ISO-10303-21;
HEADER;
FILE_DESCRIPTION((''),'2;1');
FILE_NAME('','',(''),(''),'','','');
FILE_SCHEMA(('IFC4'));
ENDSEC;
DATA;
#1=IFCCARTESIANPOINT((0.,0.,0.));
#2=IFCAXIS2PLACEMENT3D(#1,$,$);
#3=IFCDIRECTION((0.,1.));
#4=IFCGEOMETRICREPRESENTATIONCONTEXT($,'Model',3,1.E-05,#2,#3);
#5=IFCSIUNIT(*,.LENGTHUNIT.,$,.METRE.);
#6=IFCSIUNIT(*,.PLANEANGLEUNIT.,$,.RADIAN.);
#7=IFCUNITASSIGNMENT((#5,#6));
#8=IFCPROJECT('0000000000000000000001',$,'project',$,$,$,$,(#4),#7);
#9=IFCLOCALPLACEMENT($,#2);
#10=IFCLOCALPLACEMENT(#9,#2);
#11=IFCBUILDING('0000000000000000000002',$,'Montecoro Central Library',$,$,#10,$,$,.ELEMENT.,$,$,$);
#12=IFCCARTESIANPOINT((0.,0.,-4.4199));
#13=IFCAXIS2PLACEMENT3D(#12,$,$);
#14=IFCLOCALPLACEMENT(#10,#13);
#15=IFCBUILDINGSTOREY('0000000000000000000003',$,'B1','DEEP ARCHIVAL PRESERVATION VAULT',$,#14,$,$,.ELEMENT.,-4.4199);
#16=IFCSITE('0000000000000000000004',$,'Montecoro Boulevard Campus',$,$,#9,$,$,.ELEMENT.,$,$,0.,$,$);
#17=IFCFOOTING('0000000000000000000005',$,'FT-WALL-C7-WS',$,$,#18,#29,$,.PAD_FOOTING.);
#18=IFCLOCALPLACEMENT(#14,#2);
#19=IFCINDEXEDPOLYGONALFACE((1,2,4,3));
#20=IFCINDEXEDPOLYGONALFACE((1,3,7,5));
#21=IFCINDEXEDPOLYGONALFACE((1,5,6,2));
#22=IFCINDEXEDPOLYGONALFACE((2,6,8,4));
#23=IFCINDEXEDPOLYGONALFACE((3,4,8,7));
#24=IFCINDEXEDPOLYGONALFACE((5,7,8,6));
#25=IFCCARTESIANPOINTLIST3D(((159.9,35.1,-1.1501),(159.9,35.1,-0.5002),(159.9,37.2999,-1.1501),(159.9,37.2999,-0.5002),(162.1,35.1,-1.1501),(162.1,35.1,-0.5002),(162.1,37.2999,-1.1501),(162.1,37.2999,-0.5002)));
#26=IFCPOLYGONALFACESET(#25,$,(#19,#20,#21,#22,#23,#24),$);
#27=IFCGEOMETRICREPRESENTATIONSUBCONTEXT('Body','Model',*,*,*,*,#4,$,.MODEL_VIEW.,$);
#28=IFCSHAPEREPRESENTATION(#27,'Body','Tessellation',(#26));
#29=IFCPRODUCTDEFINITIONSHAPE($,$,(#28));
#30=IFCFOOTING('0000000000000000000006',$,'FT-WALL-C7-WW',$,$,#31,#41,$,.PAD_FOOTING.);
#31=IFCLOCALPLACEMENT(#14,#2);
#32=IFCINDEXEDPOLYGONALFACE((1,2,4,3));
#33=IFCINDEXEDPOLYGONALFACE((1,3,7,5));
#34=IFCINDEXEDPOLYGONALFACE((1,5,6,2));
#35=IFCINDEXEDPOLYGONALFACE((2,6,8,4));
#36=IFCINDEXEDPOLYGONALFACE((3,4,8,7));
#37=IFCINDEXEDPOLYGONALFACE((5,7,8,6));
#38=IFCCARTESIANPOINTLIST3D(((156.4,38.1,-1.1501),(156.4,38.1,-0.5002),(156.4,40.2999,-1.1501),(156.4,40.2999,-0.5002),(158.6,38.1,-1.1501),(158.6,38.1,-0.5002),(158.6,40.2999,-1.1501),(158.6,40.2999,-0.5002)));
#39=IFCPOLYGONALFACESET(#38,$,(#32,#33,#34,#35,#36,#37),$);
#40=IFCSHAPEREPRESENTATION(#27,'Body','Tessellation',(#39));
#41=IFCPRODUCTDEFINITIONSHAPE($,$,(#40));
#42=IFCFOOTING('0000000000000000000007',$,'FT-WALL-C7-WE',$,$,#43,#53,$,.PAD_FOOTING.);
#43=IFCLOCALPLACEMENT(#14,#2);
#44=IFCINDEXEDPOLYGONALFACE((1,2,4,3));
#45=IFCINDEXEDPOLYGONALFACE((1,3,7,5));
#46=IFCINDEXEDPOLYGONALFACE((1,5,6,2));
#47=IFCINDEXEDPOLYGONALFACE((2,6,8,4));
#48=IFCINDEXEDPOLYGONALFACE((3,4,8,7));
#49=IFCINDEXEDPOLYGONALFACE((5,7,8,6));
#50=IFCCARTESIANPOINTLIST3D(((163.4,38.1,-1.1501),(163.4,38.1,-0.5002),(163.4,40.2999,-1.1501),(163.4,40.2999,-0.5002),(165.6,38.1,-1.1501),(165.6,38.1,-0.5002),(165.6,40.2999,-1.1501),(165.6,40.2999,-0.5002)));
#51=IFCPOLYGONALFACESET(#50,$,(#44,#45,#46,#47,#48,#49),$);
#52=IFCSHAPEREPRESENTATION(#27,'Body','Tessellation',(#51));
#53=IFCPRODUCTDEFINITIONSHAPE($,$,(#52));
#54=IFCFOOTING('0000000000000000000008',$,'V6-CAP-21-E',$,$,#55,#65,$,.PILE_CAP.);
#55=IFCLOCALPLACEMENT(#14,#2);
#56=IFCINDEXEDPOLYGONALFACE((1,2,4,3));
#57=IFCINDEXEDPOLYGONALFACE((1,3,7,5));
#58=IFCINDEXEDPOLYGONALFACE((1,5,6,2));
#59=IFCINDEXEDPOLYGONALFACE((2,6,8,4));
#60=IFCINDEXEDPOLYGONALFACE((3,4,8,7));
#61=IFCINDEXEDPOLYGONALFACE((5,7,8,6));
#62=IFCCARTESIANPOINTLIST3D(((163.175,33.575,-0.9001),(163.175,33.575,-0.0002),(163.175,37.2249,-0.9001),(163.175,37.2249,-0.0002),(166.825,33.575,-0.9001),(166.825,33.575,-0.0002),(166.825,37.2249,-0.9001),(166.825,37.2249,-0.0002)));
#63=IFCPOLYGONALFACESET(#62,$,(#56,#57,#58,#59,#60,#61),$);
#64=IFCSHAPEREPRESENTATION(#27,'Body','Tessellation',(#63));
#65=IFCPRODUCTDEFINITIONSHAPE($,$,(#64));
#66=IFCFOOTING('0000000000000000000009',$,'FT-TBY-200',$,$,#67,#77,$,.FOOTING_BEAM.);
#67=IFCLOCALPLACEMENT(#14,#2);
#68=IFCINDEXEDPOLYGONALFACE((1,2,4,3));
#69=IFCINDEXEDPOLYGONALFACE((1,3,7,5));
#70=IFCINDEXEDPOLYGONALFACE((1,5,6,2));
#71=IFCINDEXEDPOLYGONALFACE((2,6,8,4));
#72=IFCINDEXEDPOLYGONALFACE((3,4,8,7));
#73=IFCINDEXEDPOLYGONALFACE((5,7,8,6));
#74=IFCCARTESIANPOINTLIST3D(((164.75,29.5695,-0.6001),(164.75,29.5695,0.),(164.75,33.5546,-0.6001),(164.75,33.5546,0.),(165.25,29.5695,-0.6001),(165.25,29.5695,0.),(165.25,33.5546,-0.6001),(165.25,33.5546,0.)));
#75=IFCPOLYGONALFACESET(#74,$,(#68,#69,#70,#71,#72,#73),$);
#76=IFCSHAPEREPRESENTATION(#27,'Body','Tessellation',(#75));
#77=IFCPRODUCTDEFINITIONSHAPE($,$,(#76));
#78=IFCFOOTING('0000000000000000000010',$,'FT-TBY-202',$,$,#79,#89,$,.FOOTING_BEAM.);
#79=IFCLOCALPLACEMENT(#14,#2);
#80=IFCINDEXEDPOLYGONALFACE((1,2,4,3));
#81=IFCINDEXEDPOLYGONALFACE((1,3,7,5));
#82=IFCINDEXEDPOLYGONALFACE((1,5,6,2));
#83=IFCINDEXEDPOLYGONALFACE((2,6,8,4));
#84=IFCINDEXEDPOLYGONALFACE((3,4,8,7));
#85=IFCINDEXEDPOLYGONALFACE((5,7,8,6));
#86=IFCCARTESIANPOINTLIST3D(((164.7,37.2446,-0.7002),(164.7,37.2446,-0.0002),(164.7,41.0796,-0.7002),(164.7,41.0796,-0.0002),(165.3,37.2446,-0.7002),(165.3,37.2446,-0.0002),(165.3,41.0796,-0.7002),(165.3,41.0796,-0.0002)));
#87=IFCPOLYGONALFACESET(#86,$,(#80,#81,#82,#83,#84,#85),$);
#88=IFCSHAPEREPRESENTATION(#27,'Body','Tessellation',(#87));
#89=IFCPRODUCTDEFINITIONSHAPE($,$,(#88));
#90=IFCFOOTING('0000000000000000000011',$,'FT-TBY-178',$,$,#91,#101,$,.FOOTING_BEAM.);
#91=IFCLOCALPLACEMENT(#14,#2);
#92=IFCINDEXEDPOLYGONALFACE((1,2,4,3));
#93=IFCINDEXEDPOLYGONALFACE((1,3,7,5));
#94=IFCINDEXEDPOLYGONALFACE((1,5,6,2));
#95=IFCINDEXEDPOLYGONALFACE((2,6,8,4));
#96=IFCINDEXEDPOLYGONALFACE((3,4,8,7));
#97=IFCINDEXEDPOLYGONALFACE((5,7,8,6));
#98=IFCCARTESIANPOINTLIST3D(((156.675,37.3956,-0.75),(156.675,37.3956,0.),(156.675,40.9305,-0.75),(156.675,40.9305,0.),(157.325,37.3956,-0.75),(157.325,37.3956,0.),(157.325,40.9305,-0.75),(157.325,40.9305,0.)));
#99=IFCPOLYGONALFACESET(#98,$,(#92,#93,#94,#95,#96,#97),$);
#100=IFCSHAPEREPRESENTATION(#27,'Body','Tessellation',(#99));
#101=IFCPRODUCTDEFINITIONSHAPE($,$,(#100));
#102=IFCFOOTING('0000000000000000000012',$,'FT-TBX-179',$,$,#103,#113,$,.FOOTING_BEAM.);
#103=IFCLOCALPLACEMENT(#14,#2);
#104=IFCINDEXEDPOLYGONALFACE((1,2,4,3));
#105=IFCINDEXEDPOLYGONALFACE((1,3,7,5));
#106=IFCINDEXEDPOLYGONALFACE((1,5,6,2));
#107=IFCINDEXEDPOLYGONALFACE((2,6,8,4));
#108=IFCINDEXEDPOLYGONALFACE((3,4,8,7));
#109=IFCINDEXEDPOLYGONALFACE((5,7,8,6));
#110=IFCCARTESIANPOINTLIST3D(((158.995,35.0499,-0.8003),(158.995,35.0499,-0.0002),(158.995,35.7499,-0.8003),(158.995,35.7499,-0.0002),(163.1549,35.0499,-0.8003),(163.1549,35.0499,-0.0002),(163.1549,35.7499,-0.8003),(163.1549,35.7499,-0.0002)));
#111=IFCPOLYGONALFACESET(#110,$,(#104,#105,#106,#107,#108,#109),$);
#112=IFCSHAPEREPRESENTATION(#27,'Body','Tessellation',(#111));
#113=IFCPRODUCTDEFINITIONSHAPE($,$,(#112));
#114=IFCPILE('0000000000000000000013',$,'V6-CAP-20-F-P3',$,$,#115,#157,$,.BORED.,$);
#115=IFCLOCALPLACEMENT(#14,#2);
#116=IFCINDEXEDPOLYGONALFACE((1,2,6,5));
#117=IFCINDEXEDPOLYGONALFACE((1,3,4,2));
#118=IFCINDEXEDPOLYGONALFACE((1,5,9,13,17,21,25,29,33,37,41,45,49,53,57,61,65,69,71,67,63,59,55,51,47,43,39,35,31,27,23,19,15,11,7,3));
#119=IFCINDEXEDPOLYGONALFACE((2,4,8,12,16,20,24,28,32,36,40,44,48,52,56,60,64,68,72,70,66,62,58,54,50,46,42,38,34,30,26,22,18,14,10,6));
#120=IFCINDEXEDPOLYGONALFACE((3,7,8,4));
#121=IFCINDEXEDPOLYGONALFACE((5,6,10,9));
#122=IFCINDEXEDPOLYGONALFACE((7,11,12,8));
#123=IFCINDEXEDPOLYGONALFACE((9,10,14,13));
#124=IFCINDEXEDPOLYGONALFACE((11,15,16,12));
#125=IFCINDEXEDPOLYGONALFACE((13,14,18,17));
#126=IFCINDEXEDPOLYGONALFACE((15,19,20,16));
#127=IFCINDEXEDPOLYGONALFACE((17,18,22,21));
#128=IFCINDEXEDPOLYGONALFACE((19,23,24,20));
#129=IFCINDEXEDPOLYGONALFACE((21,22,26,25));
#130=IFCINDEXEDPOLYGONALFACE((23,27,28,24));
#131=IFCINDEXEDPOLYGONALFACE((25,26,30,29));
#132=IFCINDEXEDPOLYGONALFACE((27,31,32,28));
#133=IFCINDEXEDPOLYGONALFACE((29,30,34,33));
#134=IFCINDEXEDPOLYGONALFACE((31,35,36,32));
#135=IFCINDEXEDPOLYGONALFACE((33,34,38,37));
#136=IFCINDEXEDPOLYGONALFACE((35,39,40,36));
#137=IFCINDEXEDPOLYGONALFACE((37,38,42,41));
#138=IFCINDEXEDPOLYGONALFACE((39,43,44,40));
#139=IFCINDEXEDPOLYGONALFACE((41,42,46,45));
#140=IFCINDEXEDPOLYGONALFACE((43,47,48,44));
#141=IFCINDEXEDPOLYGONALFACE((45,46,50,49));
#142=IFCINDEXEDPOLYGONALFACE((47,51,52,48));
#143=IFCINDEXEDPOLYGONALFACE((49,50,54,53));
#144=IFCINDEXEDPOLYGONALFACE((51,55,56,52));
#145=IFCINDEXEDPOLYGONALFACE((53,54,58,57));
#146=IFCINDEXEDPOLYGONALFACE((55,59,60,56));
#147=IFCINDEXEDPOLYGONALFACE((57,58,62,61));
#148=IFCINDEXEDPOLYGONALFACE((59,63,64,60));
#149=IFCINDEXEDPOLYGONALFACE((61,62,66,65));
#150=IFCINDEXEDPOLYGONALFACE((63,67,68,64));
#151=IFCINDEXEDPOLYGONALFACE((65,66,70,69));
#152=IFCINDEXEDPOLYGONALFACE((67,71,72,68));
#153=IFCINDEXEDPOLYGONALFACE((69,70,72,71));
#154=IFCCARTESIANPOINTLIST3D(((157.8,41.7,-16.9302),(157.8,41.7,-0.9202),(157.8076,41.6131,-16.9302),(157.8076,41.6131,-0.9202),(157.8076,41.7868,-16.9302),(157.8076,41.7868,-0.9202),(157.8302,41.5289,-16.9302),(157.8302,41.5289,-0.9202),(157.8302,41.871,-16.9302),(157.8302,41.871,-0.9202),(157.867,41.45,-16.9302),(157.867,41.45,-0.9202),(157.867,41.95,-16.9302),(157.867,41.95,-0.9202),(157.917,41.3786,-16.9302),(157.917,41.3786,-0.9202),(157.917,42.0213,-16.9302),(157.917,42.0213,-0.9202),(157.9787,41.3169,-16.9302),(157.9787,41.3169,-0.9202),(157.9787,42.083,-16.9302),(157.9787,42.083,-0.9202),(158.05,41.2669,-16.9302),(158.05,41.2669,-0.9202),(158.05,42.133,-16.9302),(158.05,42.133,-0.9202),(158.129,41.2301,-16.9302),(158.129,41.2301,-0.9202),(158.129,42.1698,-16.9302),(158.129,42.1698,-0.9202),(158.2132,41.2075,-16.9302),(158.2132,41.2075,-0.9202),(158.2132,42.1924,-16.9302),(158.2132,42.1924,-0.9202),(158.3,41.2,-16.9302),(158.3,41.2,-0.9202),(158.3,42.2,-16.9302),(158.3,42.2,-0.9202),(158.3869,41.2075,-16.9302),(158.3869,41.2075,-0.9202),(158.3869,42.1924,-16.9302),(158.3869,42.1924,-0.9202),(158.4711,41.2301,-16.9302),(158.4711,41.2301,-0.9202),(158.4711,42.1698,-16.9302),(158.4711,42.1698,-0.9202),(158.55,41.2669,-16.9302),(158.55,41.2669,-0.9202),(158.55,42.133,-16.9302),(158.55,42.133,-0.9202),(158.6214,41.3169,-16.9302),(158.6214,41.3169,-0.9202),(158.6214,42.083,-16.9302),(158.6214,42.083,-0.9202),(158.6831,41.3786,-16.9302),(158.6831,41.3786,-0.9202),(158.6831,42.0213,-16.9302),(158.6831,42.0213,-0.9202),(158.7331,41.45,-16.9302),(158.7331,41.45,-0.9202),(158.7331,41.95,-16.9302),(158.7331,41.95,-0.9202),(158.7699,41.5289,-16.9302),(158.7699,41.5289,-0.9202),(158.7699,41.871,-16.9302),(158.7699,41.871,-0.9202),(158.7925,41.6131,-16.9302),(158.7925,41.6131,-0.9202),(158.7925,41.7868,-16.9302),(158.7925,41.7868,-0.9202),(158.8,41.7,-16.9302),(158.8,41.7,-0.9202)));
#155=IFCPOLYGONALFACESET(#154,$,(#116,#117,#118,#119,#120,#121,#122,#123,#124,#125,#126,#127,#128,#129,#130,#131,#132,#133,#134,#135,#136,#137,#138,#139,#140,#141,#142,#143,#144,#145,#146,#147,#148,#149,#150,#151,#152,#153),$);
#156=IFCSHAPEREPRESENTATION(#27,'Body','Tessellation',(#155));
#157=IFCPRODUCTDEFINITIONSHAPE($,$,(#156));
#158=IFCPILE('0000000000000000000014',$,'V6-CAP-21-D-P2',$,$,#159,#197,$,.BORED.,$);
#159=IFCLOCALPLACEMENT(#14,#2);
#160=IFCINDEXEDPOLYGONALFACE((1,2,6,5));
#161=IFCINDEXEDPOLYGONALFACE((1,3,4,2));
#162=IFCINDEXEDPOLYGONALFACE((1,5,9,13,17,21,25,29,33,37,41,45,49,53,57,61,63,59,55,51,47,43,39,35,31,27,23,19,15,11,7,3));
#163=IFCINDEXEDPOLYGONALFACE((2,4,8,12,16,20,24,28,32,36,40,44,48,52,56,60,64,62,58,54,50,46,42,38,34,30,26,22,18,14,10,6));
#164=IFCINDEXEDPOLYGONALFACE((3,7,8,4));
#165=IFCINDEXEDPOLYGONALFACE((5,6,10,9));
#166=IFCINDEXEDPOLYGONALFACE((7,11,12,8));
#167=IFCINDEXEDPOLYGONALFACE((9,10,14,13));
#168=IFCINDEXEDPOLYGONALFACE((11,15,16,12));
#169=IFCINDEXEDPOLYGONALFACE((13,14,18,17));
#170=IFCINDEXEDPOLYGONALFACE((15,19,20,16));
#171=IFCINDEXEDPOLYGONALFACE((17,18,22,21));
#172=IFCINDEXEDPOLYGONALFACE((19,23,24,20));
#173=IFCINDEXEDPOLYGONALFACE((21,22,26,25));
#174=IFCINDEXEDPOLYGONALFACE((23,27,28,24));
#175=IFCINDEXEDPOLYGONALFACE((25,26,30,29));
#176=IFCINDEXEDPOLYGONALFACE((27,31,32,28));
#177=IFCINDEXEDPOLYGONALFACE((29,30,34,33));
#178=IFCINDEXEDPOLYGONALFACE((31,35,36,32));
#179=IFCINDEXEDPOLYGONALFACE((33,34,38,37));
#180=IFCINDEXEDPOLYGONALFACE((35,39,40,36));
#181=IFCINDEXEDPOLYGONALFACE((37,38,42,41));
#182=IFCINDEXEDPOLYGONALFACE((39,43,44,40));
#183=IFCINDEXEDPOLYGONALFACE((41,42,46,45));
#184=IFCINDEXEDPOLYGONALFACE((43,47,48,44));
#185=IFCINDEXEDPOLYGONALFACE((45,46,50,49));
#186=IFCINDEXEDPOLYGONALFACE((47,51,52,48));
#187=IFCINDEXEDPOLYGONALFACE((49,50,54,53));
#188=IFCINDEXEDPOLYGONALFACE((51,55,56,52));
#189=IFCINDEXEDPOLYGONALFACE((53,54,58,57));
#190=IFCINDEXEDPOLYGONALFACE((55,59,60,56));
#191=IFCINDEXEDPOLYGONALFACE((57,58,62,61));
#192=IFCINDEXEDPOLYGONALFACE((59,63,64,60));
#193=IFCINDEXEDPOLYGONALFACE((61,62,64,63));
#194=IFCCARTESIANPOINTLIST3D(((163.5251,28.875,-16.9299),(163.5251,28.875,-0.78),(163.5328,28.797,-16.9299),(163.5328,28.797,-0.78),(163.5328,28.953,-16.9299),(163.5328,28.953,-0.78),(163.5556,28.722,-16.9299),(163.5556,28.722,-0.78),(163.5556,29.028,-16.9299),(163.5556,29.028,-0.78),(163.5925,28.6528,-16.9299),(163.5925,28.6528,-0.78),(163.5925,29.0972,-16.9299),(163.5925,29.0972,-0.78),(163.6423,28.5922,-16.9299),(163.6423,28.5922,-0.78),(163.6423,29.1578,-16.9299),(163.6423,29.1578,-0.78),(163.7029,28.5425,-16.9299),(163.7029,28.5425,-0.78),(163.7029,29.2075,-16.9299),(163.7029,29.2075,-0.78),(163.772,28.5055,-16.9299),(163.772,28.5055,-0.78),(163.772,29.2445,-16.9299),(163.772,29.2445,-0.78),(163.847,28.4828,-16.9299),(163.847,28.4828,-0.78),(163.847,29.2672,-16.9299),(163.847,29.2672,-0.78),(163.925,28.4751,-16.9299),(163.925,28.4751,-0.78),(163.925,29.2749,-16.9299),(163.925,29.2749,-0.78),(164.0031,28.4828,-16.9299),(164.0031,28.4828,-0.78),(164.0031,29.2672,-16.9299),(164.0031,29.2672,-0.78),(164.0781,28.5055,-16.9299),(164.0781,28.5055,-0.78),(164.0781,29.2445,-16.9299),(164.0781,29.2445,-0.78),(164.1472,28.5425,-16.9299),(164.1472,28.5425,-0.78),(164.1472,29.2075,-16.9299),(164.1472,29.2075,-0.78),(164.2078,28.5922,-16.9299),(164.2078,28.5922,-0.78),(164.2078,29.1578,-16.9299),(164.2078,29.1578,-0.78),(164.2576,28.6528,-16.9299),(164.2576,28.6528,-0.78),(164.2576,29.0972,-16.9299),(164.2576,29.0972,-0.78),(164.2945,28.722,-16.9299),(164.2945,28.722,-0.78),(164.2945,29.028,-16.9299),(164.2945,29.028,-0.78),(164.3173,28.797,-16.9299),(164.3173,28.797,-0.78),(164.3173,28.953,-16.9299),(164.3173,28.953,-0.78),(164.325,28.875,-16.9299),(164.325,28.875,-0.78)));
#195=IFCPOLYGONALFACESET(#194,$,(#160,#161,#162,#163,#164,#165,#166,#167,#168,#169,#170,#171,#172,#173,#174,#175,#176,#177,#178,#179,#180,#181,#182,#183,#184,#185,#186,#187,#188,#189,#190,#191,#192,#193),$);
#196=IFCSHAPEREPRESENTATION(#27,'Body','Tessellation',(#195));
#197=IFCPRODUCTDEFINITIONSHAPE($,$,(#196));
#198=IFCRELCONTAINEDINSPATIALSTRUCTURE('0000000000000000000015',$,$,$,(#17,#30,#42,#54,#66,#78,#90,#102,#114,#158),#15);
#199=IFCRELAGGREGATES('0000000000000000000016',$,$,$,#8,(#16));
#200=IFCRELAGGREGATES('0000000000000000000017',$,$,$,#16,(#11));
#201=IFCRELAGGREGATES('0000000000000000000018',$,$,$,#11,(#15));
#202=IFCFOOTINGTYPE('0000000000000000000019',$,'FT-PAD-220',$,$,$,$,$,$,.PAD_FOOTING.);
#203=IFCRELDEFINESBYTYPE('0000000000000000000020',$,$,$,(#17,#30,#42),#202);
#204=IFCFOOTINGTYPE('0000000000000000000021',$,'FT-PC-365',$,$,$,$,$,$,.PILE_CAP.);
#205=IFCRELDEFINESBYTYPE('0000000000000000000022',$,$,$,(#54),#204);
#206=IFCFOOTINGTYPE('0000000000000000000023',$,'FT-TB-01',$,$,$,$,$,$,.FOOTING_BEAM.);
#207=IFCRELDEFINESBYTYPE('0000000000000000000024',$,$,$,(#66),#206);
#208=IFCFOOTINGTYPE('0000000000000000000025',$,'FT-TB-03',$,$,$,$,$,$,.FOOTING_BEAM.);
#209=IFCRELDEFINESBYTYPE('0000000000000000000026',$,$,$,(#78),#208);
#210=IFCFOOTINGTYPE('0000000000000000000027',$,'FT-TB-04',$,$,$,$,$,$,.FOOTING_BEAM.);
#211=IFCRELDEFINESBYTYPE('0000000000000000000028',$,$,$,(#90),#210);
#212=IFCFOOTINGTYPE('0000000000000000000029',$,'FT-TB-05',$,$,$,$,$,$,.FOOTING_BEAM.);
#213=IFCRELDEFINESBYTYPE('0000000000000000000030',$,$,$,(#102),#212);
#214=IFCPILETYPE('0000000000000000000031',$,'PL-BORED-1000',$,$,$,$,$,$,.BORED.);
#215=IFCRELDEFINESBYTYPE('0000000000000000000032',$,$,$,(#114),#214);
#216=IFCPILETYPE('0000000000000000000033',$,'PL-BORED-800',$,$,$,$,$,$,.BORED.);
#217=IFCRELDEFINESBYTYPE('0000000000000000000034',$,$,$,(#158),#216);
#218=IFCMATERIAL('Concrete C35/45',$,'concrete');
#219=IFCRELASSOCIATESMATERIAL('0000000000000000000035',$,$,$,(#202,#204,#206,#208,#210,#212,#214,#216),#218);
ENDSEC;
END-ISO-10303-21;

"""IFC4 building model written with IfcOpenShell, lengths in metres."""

from ifc_helpers import new_model, si_unit, direction, frame, origin, origin_2d, place, context, subcontext, project, spatial, rectangle, circle, extrude, material, material_profile, profile_set, type_object, element, save


model = new_model("IFC4")

# Units and contexts
model_context = context("Model", 3, precision=1e-05, world=origin(), true_north=direction((0.0, 1.0)))
body_context = subcontext(model_context, "Body", "Model", "MODEL_VIEW")
ifc_project = project(units=[si_unit("LENGTHUNIT", "METRE"), si_unit("PLANEANGLEUNIT", "RADIAN")], contexts=[model_context])

# Site, building, storey
site_placement = place(None, origin())
site = spatial("IfcSite", under=ifc_project, at=site_placement, Name="Montecoro Boulevard Campus", CompositionType="ELEMENT", RefElevation=0.0)
building_placement = place(site_placement, origin())
building = spatial("IfcBuilding", under=site, at=building_placement, Name="Montecoro Central Library", CompositionType="ELEMENT")
storey_placement = place(building_placement, frame((0.0, 0.0, -4.4199)))
storey = spatial("IfcBuildingStorey", under=building, at=storey_placement, Name="B1", Description="DEEP ARCHIVAL PRESERVATION VAULT", CompositionType="ELEMENT", Elevation=-4.4199)

# Footings
ifc_material_1 = material(Name="Concrete C35/45", Category="concrete")
footing_type_1 = type_object("IfcFootingType", Name="FT-PAD-220", PredefinedType="PAD_FOOTING", material=ifc_material_1)
for number, where, z_axis, x_axis, name in (
    (1, (161.0, 36.2, -1.1501), (0.0, 0.0, 1.0), (1.0, 0.0, 0.0), "FT-WALL-C7-WS"),
    (2, (157.5, 39.2, -1.1501), (0.0, 0.0, 1.0), (1.0, 0.0, 0.0), "FT-WALL-C7-WW"),
    (3, (164.5, 39.2, -1.1501), (0.0, 0.0, 1.0), (1.0, 0.0, 0.0), "FT-WALL-C7-WE"),
):
    element("IfcFooting", number, at=place(storey_placement, frame(where, z_axis=z_axis, x_axis=x_axis)), inside=storey, type_object=footing_type_1, Name=name, PredefinedType="PAD_FOOTING", context=body_context, shape_type="SweptSolid", body=[
        extrude(rectangle(XDim=2.2, YDim=2.2, at=origin_2d()), origin(), (0.0, 0.0, 1.0), 0.6499),
    ])
footing_type_2 = type_object("IfcFootingType", Name="FT-PC-365", PredefinedType="PILE_CAP", material=ifc_material_1)
footing_1_placement = place(storey_placement, frame((165.0, 35.3999, -0.9001), z_axis=(0.0, 0.0, 1.0), x_axis=(1.0, 0.0, 0.0)))
element("IfcFooting", 4, at=footing_1_placement, inside=storey, type_object=footing_type_2, Name="V6-CAP-21-E", PredefinedType="PILE_CAP", context=body_context, shape_type="SweptSolid", body=[
    extrude(rectangle(XDim=3.6499, YDim=3.6499, at=origin_2d()), origin(), (0.0, 0.0, 1.0), 0.8999),
])
footing_type_3 = type_object("IfcFootingType", Name="FT-TB-01", PredefinedType="FOOTING_BEAM", material=ifc_material_1)
footing_2_placement = place(storey_placement, frame((165.0, 31.562, -0.6001), z_axis=(0.0, 0.0, 1.0), x_axis=(1.0, 0.0, 0.0)))
element("IfcFooting", 5, at=footing_2_placement, inside=storey, type_object=footing_type_3, Name="FT-TBY-200", PredefinedType="FOOTING_BEAM", context=body_context, shape_type="SweptSolid", body=[
    extrude(rectangle(XDim=0.5, YDim=3.9851, at=origin_2d()), origin(), (0.0, 0.0, 1.0), 0.6001),
])
footing_type_4 = type_object("IfcFootingType", Name="FT-TB-03", PredefinedType="FOOTING_BEAM", material=ifc_material_1)
footing_3_placement = place(storey_placement, frame((165.0, 39.1621, -0.7002), z_axis=(0.0, 0.0, 1.0), x_axis=(1.0, 0.0, 0.0)))
element("IfcFooting", 6, at=footing_3_placement, inside=storey, type_object=footing_type_4, Name="FT-TBY-202", PredefinedType="FOOTING_BEAM", context=body_context, shape_type="SweptSolid", body=[
    extrude(rectangle(XDim=0.6001, YDim=3.835, at=origin_2d()), origin(), (0.0, 0.0, 1.0), 0.7),
])
footing_type_5 = type_object("IfcFootingType", Name="FT-TB-04", PredefinedType="FOOTING_BEAM", material=ifc_material_1)
footing_4_placement = place(storey_placement, frame((157.0, 39.1631, -0.75), z_axis=(0.0, 0.0, 1.0), x_axis=(1.0, 0.0, 0.0)))
element("IfcFooting", 7, at=footing_4_placement, inside=storey, type_object=footing_type_5, Name="FT-TBY-178", PredefinedType="FOOTING_BEAM", context=body_context, shape_type="SweptSolid", body=[
    extrude(rectangle(XDim=0.6499, YDim=3.5349, at=origin_2d()), origin(), (0.0, 0.0, 1.0), 0.75),
])
footing_type_6 = type_object("IfcFootingType", Name="FT-TB-05", PredefinedType="FOOTING_BEAM", material=ifc_material_1)
footing_5_placement = place(storey_placement, frame((161.075, 35.3999, -0.8003), z_axis=(0.0, 0.0, 1.0), x_axis=(1.0, 0.0, 0.0)))
element("IfcFooting", 8, at=footing_5_placement, inside=storey, type_object=footing_type_6, Name="FT-TBX-179", PredefinedType="FOOTING_BEAM", context=body_context, shape_type="SweptSolid", body=[
    extrude(rectangle(XDim=4.1599, YDim=0.7, at=origin_2d()), origin(), (0.0, 0.0, 1.0), 0.8),
])

# Piles
ifc_material_profile_1 = material_profile(ifc_material_1, circle(Radius=0.5, at=origin_2d()), Name="PILE D1000")
ifc_profile_set_1 = profile_set([ifc_material_profile_1], Name="Concrete C35/45")
pile_type_1 = type_object("IfcPileType", Name="PL-BORED-1000", PredefinedType="BORED", material=ifc_profile_set_1)
pile_1_placement = place(storey_placement, frame((158.3, 41.7, -0.9202), z_axis=(0.0, 0.0, -1.0), x_axis=(1.0, 0.0, 0.0)))
element("IfcPile", 9, at=pile_1_placement, inside=storey, type_object=pile_type_1, Name="V6-CAP-20-F-P3", PredefinedType="BORED", context=body_context, shape_type="SweptSolid", body=[
    extrude(circle(Radius=0.5, at=origin_2d()), origin(), (0.0, 0.0, 1.0), 16.01),
])
ifc_material_profile_2 = material_profile(ifc_material_1, circle(Radius=0.3999, at=origin_2d()), Name="PILE D800")
ifc_profile_set_2 = profile_set([ifc_material_profile_2], Name="Concrete C35/45")
pile_type_2 = type_object("IfcPileType", Name="PL-BORED-800", PredefinedType="BORED", material=ifc_profile_set_2)
pile_2_placement = place(storey_placement, frame((163.925, 28.875, -0.78), z_axis=(0.0, 0.0, -1.0), x_axis=(1.0, 0.0, 0.0)))
element("IfcPile", 10, at=pile_2_placement, inside=storey, type_object=pile_type_2, Name="V6-CAP-21-D-P2", PredefinedType="BORED", context=body_context, shape_type="SweptSolid", body=[
    extrude(circle(Radius=0.3999, at=origin_2d()), origin(), (0.0, 0.0, 1.0), 16.1499),
])

save(model, "model.ifc")
